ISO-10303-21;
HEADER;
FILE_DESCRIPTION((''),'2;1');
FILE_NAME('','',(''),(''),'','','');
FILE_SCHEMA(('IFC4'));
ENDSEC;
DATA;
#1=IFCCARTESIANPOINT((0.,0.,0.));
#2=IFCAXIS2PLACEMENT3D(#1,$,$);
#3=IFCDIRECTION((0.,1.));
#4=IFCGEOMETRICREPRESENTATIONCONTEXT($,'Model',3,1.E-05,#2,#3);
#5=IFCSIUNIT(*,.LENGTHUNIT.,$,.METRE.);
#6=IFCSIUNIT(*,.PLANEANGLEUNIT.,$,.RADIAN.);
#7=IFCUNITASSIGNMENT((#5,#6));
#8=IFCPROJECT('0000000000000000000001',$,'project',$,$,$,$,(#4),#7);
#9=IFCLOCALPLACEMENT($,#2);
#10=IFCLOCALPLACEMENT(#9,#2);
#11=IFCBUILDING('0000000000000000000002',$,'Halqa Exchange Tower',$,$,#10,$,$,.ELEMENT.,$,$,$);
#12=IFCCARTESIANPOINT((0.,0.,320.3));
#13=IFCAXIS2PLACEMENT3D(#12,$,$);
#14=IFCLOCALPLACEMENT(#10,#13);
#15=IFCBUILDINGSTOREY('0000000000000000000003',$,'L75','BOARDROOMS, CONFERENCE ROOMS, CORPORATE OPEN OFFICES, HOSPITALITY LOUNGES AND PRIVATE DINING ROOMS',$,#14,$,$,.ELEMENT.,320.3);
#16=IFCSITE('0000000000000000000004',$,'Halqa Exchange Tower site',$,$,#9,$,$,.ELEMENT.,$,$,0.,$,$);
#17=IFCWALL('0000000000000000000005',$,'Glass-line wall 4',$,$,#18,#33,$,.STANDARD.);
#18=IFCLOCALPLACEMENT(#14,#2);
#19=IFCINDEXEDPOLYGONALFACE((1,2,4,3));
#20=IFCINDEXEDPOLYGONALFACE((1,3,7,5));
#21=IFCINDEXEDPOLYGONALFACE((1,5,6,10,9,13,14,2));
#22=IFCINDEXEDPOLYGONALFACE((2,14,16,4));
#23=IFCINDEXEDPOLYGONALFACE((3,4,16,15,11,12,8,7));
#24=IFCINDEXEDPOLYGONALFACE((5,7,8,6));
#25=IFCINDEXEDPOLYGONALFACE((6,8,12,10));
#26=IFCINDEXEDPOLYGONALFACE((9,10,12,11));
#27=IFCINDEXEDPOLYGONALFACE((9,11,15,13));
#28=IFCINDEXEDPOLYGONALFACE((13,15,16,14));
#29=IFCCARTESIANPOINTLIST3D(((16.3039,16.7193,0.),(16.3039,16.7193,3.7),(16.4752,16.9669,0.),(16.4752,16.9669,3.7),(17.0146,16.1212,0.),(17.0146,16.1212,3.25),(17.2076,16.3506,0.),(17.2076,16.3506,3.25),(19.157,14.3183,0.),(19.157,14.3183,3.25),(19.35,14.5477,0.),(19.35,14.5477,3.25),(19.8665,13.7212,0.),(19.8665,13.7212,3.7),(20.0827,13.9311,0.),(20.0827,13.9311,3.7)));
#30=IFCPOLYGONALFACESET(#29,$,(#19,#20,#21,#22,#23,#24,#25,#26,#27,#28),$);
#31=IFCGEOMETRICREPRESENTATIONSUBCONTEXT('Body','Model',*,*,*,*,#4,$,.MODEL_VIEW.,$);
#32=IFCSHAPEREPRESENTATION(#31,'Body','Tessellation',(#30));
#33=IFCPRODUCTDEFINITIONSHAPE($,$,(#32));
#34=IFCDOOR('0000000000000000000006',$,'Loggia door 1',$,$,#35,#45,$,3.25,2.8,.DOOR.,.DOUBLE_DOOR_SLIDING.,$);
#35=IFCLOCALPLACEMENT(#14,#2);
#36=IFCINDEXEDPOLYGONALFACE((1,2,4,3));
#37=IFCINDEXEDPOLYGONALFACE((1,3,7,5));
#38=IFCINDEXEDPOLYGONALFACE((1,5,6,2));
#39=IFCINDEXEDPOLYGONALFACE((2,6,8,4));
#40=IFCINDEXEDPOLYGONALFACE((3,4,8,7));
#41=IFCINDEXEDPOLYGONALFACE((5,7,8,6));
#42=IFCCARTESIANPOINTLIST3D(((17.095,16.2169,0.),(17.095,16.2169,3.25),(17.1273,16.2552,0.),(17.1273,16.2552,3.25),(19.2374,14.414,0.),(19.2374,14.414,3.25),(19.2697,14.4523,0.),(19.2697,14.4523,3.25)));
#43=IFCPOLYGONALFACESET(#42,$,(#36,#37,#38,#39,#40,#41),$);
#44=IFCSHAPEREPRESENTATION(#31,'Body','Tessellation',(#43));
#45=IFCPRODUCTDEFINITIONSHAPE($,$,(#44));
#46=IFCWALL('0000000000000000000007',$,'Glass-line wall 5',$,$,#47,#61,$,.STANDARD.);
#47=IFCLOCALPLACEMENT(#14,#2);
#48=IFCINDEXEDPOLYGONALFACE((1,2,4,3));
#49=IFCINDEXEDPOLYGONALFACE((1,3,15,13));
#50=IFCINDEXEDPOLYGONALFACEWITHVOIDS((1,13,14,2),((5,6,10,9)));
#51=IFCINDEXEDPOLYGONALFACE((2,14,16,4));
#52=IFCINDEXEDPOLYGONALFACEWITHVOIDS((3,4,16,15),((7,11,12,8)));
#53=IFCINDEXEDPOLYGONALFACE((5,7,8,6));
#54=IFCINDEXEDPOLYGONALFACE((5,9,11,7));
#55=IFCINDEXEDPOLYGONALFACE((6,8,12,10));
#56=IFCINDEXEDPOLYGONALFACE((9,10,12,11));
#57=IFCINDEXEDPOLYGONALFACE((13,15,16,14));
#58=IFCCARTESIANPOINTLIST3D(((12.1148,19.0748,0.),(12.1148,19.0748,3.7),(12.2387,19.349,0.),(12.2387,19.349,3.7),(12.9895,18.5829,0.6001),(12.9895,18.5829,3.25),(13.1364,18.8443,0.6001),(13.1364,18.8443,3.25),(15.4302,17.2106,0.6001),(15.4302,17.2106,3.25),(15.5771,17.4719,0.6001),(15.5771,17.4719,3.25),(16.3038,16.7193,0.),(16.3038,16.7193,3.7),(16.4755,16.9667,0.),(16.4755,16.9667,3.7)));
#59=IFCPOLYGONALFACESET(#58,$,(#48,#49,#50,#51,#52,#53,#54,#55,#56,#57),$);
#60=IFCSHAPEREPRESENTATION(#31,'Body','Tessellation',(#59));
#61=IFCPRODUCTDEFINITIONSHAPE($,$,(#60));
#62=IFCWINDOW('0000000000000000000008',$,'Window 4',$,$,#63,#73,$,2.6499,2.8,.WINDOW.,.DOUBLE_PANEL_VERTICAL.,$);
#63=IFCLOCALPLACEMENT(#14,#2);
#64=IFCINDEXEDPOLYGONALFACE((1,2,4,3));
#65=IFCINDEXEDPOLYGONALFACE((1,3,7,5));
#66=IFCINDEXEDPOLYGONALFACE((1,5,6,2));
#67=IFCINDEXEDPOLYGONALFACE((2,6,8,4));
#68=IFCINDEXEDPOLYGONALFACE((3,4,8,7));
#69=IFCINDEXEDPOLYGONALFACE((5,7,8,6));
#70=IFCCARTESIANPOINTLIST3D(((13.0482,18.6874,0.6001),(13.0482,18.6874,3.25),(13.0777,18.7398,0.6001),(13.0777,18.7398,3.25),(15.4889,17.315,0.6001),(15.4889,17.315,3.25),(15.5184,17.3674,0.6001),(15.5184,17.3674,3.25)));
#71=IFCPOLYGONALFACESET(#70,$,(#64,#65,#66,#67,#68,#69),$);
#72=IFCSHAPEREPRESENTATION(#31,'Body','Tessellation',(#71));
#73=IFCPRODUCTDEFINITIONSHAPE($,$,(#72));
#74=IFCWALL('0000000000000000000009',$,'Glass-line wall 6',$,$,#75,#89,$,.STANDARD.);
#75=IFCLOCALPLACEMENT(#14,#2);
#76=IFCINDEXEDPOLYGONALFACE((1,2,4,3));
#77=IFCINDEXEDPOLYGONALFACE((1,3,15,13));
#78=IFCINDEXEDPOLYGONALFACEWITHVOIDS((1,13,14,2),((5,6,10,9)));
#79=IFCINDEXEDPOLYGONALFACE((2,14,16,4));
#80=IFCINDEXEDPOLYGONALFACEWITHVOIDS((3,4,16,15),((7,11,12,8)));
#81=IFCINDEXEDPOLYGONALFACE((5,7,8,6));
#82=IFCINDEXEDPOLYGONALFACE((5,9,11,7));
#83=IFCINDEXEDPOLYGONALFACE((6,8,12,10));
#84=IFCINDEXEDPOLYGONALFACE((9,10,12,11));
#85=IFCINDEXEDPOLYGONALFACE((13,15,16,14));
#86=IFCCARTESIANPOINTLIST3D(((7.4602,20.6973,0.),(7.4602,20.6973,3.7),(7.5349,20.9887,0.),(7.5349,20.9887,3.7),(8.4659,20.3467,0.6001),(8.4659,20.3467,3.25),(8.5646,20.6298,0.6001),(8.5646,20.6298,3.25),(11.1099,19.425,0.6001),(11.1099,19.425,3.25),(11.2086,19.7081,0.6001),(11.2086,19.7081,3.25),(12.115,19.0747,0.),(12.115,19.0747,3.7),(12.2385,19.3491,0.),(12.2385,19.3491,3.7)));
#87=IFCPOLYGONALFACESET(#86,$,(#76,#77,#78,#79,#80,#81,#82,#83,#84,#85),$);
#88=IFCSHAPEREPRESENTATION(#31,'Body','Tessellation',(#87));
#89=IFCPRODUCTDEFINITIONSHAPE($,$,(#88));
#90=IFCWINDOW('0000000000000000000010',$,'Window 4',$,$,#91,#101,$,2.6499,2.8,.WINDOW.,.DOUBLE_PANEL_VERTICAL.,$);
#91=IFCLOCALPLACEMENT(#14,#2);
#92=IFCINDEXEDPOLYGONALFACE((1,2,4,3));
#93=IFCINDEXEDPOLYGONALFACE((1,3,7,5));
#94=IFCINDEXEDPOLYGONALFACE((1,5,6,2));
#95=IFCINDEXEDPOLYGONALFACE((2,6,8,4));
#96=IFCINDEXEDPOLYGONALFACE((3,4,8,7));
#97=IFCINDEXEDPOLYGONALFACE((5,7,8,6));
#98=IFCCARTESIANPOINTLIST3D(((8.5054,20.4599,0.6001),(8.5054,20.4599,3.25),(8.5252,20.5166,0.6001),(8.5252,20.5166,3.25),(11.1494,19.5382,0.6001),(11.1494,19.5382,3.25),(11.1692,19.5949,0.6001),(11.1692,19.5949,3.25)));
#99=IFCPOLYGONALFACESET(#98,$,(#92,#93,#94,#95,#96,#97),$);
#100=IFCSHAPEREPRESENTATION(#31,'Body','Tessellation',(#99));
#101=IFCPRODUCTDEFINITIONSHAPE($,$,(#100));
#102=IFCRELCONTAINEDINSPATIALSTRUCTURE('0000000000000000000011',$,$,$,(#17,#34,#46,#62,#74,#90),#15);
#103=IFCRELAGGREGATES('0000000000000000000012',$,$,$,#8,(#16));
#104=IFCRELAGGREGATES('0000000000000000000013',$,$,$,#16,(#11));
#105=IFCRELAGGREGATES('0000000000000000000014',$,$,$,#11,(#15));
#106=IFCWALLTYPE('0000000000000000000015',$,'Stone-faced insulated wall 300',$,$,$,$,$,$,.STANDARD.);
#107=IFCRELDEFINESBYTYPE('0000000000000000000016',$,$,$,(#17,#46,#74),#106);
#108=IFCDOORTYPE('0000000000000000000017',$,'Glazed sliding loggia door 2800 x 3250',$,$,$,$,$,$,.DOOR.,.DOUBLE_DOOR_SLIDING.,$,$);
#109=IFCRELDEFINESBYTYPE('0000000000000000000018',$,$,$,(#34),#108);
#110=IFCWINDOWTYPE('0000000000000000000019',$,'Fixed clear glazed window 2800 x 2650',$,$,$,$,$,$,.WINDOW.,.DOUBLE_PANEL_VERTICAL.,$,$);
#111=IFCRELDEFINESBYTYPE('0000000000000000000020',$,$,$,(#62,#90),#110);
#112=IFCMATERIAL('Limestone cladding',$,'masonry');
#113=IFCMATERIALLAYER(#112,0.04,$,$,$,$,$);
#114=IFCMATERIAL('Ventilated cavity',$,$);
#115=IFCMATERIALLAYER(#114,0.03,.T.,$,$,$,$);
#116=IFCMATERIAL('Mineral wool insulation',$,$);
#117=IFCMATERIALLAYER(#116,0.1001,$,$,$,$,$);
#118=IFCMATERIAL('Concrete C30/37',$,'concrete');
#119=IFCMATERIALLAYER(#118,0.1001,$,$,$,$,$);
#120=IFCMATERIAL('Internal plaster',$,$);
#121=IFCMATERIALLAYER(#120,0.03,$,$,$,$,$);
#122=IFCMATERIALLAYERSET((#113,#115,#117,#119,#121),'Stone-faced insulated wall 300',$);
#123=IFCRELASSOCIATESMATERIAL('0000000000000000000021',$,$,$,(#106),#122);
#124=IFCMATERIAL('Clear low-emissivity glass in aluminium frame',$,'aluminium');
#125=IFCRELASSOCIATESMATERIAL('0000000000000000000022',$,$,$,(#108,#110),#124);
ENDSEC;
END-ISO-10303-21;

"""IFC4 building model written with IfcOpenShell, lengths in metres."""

from ifc_helpers import new_model, si_unit, direction, frame, frame_2d, origin, place, context, subcontext, project, spatial, polyline, rectangle, outline, extrude, material, layer, layer_set, type_object, element, fill, save


model = new_model("IFC4")

# Units and contexts
model_context = context("Model", 3, precision=1e-05, world=origin(), true_north=direction((0.0, 1.0)))
body_context = subcontext(model_context, "Body", "Model", "MODEL_VIEW")
ifc_project = project(units=[si_unit("LENGTHUNIT", "METRE"), si_unit("PLANEANGLEUNIT", "RADIAN")], contexts=[model_context])

# Site, building, storey
site_placement = place(None, origin())
site = spatial("IfcSite", under=ifc_project, at=site_placement, Name="Halqa Exchange Tower site", CompositionType="ELEMENT", RefElevation=0.0)
building_placement = place(site_placement, origin())
building = spatial("IfcBuilding", under=site, at=building_placement, Name="Halqa Exchange Tower", CompositionType="ELEMENT")
storey_placement = place(building_placement, frame((0.0, 0.0, 320.3)))
storey = spatial("IfcBuildingStorey", under=building, at=storey_placement, Name="L75", Description="BOARDROOMS, CONFERENCE ROOMS, CORPORATE OPEN OFFICES, HOSPITALITY LOUNGES AND PRIVATE DINING ROOMS", CompositionType="ELEMENT", Elevation=320.3)

# Wall, opening, door
ifc_material_1 = material(Name="Limestone cladding", Category="masonry")
ifc_layer_1 = layer(ifc_material_1, 0.04)
ifc_material_2 = material(Name="Ventilated cavity")
ifc_layer_2 = layer(ifc_material_2, 0.03, ventilated=True)
ifc_material_3 = material(Name="Mineral wool insulation")
ifc_layer_3 = layer(ifc_material_3, 0.1001)
ifc_material_4 = material(Name="Concrete C30/37", Category="concrete")
ifc_layer_4 = layer(ifc_material_4, 0.1001)
ifc_material_5 = material(Name="Internal plaster")
ifc_layer_5 = layer(ifc_material_5, 0.03)
ifc_layer_set_1 = layer_set([ifc_layer_1, ifc_layer_2, ifc_layer_3, ifc_layer_4, ifc_layer_5], Name="Stone-faced insulated wall 300")
wall_type_1 = type_object("IfcWallType", Name="Stone-faced insulated wall 300", PredefinedType="STANDARD", material=ifc_layer_set_1)
wall_1_placement = place(storey_placement, frame((19.9746, 13.8262, 0.0), z_axis=(0.0, 0.0, 1.0), x_axis=(-0.765129, 0.643877, 0.0)))
wall_1 = element("IfcWall", 1, at=wall_1_placement, inside=storey, type_object=wall_type_1, Name="Glass-line wall 4", PredefinedType="STANDARD", context=body_context, shape_type="SweptSolid", body=[
    extrude(outline(polyline([(-0.0151, -0.1499), (4.6997, -0.1499), (4.6714, 0.1499), (0.0151, 0.1499), (-0.0151, -0.1499)])), origin(), (0.0, 0.0, 1.0), 3.7),
])
opening_1_placement = place(wall_1_placement, frame((0.9426, 0.0, 0.0)))
opening_1 = element("IfcOpeningElement", 2, at=opening_1_placement, cuts=wall_1, PredefinedType="OPENING", context=body_context, shape_type="SweptSolid", body=[
    extrude(rectangle(XDim=2.8, YDim=3.25, at=frame_2d((1.3999, 1.625))), frame((0.0, 0.1621, 0.0), z_axis=(0.0, -1.0, 0.0), x_axis=(1.0, 0.0, 0.0)), (0.0, 0.0, 1.0), 0.324),
])
ifc_material_6 = material(Name="Clear low-emissivity glass in aluminium frame", Category="aluminium")
door_type = type_object("IfcDoorType", Name="Glazed sliding loggia door 2800 x 3250", OperationType="DOUBLE_DOOR_SLIDING", PredefinedType="DOOR", material=ifc_material_6)
door_placement = place(opening_1_placement, origin())
door = element("IfcDoor", 3, at=door_placement, inside=storey, type_object=door_type, Name="Loggia door 1", OperationType="DOUBLE_DOOR_SLIDING", OverallHeight=3.25, OverallWidth=2.8, PredefinedType="DOOR", context=body_context, shape_type="SweptSolid", body=[
    extrude(rectangle(XDim=2.8, YDim=3.25, at=frame_2d((1.3999, 1.625))), frame((0.0, 0.0249, 0.0), z_axis=(0.0, -1.0, 0.0), x_axis=(1.0, 0.0, 0.0)), (0.0, 0.0, 1.0), 0.05),
])
fill(opening_1, door)

# Walls, openings, windows
wall_2_placement = place(storey_placement, frame((16.3896, 16.843, 0.0), z_axis=(0.0, 0.0, 1.0), x_axis=(-0.871651, 0.490127, 0.0)))
wall_2 = element("IfcWall", 4, at=wall_2_placement, inside=storey, type_object=wall_type_1, Name="Glass-line wall 5", PredefinedType="STANDARD", context=body_context, shape_type="SweptSolid", body=[
    extrude(outline(polyline([(-0.0142, -0.1499), (4.8464, -0.1499), (4.8201, 0.1499), (0.0142, 0.1499), (-0.0142, -0.1499)])), origin(), (0.0, 0.0, 1.0), 3.7),
])
opening_2_placement = place(wall_2_placement, frame((1.0166, 0.0, 0.6001)))
opening_2 = element("IfcOpeningElement", 5, at=opening_2_placement, cuts=wall_2, PredefinedType="OPENING", context=body_context, shape_type="SweptSolid", body=[
    extrude(rectangle(XDim=2.8, YDim=2.6499, at=frame_2d((1.3999, 1.325))), frame((0.0, 0.1621, 0.0), z_axis=(0.0, -1.0, 0.0), x_axis=(1.0, 0.0, 0.0)), (0.0, 0.0, 1.0), 0.324),
])
window_type = type_object("IfcWindowType", Name="Fixed clear glazed window 2800 x 2650", PartitioningType="DOUBLE_PANEL_VERTICAL", PredefinedType="WINDOW", material=ifc_material_6)
window_1_placement = place(opening_2_placement, origin())
window_1 = element("IfcWindow", 6, at=window_1_placement, inside=storey, type_object=window_type, Name="Window 4", OverallHeight=2.6499, OverallWidth=2.8, PartitioningType="DOUBLE_PANEL_VERTICAL", PredefinedType="WINDOW", context=body_context, shape_type="SweptSolid", body=[
    extrude(rectangle(XDim=2.8, YDim=2.6499, at=frame_2d((1.3999, 1.325))), frame((0.0, 0.03, 0.0), z_axis=(0.0, -1.0, 0.0), x_axis=(1.0, 0.0, 0.0)), (0.0, 0.0, 1.0), 0.0601),
])
fill(opening_2, window_1)
wall_3_placement = place(storey_placement, frame((12.1768, 19.2119, 0.0), z_axis=(0.0, 0.0, 1.0), x_axis=(-0.944274, 0.329161, 0.0)))
wall_3 = element("IfcWall", 7, at=wall_3_placement, inside=storey, type_object=wall_type_1, Name="Glass-line wall 6", PredefinedType="STANDARD", context=body_context, shape_type="SweptSolid", body=[
    extrude(outline(polyline([(-0.0132, -0.1499), (4.968, -0.1499), (4.9426, 0.1499), (0.0132, 0.1499), (-0.0132, -0.1499)])), origin(), (0.0, 0.0, 1.0), 3.7),
])
opening_3_placement = place(wall_3_placement, frame((1.0776, 0.0, 0.6001)))
opening_3 = element("IfcOpeningElement", 8, at=opening_3_placement, cuts=wall_3, PredefinedType="OPENING", context=body_context, shape_type="SweptSolid", body=[
    extrude(rectangle(XDim=2.8, YDim=2.6499, at=frame_2d((1.3999, 1.325))), frame((0.0, 0.1621, 0.0), z_axis=(0.0, -1.0, 0.0), x_axis=(1.0, 0.0, 0.0)), (0.0, 0.0, 1.0), 0.324),
])
window_2_placement = place(opening_3_placement, origin())
window_2 = element("IfcWindow", 9, at=window_2_placement, inside=storey, type_object=window_type, Name="Window 4", OverallHeight=2.6499, OverallWidth=2.8, PartitioningType="DOUBLE_PANEL_VERTICAL", PredefinedType="WINDOW", context=body_context, shape_type="SweptSolid", body=[
    extrude(rectangle(XDim=2.8, YDim=2.6499, at=frame_2d((1.3999, 1.325))), frame((0.0, 0.03, 0.0), z_axis=(0.0, -1.0, 0.0), x_axis=(1.0, 0.0, 0.0)), (0.0, 0.0, 1.0), 0.0601),
])
fill(opening_3, window_2)

save(model, "model.ifc")
